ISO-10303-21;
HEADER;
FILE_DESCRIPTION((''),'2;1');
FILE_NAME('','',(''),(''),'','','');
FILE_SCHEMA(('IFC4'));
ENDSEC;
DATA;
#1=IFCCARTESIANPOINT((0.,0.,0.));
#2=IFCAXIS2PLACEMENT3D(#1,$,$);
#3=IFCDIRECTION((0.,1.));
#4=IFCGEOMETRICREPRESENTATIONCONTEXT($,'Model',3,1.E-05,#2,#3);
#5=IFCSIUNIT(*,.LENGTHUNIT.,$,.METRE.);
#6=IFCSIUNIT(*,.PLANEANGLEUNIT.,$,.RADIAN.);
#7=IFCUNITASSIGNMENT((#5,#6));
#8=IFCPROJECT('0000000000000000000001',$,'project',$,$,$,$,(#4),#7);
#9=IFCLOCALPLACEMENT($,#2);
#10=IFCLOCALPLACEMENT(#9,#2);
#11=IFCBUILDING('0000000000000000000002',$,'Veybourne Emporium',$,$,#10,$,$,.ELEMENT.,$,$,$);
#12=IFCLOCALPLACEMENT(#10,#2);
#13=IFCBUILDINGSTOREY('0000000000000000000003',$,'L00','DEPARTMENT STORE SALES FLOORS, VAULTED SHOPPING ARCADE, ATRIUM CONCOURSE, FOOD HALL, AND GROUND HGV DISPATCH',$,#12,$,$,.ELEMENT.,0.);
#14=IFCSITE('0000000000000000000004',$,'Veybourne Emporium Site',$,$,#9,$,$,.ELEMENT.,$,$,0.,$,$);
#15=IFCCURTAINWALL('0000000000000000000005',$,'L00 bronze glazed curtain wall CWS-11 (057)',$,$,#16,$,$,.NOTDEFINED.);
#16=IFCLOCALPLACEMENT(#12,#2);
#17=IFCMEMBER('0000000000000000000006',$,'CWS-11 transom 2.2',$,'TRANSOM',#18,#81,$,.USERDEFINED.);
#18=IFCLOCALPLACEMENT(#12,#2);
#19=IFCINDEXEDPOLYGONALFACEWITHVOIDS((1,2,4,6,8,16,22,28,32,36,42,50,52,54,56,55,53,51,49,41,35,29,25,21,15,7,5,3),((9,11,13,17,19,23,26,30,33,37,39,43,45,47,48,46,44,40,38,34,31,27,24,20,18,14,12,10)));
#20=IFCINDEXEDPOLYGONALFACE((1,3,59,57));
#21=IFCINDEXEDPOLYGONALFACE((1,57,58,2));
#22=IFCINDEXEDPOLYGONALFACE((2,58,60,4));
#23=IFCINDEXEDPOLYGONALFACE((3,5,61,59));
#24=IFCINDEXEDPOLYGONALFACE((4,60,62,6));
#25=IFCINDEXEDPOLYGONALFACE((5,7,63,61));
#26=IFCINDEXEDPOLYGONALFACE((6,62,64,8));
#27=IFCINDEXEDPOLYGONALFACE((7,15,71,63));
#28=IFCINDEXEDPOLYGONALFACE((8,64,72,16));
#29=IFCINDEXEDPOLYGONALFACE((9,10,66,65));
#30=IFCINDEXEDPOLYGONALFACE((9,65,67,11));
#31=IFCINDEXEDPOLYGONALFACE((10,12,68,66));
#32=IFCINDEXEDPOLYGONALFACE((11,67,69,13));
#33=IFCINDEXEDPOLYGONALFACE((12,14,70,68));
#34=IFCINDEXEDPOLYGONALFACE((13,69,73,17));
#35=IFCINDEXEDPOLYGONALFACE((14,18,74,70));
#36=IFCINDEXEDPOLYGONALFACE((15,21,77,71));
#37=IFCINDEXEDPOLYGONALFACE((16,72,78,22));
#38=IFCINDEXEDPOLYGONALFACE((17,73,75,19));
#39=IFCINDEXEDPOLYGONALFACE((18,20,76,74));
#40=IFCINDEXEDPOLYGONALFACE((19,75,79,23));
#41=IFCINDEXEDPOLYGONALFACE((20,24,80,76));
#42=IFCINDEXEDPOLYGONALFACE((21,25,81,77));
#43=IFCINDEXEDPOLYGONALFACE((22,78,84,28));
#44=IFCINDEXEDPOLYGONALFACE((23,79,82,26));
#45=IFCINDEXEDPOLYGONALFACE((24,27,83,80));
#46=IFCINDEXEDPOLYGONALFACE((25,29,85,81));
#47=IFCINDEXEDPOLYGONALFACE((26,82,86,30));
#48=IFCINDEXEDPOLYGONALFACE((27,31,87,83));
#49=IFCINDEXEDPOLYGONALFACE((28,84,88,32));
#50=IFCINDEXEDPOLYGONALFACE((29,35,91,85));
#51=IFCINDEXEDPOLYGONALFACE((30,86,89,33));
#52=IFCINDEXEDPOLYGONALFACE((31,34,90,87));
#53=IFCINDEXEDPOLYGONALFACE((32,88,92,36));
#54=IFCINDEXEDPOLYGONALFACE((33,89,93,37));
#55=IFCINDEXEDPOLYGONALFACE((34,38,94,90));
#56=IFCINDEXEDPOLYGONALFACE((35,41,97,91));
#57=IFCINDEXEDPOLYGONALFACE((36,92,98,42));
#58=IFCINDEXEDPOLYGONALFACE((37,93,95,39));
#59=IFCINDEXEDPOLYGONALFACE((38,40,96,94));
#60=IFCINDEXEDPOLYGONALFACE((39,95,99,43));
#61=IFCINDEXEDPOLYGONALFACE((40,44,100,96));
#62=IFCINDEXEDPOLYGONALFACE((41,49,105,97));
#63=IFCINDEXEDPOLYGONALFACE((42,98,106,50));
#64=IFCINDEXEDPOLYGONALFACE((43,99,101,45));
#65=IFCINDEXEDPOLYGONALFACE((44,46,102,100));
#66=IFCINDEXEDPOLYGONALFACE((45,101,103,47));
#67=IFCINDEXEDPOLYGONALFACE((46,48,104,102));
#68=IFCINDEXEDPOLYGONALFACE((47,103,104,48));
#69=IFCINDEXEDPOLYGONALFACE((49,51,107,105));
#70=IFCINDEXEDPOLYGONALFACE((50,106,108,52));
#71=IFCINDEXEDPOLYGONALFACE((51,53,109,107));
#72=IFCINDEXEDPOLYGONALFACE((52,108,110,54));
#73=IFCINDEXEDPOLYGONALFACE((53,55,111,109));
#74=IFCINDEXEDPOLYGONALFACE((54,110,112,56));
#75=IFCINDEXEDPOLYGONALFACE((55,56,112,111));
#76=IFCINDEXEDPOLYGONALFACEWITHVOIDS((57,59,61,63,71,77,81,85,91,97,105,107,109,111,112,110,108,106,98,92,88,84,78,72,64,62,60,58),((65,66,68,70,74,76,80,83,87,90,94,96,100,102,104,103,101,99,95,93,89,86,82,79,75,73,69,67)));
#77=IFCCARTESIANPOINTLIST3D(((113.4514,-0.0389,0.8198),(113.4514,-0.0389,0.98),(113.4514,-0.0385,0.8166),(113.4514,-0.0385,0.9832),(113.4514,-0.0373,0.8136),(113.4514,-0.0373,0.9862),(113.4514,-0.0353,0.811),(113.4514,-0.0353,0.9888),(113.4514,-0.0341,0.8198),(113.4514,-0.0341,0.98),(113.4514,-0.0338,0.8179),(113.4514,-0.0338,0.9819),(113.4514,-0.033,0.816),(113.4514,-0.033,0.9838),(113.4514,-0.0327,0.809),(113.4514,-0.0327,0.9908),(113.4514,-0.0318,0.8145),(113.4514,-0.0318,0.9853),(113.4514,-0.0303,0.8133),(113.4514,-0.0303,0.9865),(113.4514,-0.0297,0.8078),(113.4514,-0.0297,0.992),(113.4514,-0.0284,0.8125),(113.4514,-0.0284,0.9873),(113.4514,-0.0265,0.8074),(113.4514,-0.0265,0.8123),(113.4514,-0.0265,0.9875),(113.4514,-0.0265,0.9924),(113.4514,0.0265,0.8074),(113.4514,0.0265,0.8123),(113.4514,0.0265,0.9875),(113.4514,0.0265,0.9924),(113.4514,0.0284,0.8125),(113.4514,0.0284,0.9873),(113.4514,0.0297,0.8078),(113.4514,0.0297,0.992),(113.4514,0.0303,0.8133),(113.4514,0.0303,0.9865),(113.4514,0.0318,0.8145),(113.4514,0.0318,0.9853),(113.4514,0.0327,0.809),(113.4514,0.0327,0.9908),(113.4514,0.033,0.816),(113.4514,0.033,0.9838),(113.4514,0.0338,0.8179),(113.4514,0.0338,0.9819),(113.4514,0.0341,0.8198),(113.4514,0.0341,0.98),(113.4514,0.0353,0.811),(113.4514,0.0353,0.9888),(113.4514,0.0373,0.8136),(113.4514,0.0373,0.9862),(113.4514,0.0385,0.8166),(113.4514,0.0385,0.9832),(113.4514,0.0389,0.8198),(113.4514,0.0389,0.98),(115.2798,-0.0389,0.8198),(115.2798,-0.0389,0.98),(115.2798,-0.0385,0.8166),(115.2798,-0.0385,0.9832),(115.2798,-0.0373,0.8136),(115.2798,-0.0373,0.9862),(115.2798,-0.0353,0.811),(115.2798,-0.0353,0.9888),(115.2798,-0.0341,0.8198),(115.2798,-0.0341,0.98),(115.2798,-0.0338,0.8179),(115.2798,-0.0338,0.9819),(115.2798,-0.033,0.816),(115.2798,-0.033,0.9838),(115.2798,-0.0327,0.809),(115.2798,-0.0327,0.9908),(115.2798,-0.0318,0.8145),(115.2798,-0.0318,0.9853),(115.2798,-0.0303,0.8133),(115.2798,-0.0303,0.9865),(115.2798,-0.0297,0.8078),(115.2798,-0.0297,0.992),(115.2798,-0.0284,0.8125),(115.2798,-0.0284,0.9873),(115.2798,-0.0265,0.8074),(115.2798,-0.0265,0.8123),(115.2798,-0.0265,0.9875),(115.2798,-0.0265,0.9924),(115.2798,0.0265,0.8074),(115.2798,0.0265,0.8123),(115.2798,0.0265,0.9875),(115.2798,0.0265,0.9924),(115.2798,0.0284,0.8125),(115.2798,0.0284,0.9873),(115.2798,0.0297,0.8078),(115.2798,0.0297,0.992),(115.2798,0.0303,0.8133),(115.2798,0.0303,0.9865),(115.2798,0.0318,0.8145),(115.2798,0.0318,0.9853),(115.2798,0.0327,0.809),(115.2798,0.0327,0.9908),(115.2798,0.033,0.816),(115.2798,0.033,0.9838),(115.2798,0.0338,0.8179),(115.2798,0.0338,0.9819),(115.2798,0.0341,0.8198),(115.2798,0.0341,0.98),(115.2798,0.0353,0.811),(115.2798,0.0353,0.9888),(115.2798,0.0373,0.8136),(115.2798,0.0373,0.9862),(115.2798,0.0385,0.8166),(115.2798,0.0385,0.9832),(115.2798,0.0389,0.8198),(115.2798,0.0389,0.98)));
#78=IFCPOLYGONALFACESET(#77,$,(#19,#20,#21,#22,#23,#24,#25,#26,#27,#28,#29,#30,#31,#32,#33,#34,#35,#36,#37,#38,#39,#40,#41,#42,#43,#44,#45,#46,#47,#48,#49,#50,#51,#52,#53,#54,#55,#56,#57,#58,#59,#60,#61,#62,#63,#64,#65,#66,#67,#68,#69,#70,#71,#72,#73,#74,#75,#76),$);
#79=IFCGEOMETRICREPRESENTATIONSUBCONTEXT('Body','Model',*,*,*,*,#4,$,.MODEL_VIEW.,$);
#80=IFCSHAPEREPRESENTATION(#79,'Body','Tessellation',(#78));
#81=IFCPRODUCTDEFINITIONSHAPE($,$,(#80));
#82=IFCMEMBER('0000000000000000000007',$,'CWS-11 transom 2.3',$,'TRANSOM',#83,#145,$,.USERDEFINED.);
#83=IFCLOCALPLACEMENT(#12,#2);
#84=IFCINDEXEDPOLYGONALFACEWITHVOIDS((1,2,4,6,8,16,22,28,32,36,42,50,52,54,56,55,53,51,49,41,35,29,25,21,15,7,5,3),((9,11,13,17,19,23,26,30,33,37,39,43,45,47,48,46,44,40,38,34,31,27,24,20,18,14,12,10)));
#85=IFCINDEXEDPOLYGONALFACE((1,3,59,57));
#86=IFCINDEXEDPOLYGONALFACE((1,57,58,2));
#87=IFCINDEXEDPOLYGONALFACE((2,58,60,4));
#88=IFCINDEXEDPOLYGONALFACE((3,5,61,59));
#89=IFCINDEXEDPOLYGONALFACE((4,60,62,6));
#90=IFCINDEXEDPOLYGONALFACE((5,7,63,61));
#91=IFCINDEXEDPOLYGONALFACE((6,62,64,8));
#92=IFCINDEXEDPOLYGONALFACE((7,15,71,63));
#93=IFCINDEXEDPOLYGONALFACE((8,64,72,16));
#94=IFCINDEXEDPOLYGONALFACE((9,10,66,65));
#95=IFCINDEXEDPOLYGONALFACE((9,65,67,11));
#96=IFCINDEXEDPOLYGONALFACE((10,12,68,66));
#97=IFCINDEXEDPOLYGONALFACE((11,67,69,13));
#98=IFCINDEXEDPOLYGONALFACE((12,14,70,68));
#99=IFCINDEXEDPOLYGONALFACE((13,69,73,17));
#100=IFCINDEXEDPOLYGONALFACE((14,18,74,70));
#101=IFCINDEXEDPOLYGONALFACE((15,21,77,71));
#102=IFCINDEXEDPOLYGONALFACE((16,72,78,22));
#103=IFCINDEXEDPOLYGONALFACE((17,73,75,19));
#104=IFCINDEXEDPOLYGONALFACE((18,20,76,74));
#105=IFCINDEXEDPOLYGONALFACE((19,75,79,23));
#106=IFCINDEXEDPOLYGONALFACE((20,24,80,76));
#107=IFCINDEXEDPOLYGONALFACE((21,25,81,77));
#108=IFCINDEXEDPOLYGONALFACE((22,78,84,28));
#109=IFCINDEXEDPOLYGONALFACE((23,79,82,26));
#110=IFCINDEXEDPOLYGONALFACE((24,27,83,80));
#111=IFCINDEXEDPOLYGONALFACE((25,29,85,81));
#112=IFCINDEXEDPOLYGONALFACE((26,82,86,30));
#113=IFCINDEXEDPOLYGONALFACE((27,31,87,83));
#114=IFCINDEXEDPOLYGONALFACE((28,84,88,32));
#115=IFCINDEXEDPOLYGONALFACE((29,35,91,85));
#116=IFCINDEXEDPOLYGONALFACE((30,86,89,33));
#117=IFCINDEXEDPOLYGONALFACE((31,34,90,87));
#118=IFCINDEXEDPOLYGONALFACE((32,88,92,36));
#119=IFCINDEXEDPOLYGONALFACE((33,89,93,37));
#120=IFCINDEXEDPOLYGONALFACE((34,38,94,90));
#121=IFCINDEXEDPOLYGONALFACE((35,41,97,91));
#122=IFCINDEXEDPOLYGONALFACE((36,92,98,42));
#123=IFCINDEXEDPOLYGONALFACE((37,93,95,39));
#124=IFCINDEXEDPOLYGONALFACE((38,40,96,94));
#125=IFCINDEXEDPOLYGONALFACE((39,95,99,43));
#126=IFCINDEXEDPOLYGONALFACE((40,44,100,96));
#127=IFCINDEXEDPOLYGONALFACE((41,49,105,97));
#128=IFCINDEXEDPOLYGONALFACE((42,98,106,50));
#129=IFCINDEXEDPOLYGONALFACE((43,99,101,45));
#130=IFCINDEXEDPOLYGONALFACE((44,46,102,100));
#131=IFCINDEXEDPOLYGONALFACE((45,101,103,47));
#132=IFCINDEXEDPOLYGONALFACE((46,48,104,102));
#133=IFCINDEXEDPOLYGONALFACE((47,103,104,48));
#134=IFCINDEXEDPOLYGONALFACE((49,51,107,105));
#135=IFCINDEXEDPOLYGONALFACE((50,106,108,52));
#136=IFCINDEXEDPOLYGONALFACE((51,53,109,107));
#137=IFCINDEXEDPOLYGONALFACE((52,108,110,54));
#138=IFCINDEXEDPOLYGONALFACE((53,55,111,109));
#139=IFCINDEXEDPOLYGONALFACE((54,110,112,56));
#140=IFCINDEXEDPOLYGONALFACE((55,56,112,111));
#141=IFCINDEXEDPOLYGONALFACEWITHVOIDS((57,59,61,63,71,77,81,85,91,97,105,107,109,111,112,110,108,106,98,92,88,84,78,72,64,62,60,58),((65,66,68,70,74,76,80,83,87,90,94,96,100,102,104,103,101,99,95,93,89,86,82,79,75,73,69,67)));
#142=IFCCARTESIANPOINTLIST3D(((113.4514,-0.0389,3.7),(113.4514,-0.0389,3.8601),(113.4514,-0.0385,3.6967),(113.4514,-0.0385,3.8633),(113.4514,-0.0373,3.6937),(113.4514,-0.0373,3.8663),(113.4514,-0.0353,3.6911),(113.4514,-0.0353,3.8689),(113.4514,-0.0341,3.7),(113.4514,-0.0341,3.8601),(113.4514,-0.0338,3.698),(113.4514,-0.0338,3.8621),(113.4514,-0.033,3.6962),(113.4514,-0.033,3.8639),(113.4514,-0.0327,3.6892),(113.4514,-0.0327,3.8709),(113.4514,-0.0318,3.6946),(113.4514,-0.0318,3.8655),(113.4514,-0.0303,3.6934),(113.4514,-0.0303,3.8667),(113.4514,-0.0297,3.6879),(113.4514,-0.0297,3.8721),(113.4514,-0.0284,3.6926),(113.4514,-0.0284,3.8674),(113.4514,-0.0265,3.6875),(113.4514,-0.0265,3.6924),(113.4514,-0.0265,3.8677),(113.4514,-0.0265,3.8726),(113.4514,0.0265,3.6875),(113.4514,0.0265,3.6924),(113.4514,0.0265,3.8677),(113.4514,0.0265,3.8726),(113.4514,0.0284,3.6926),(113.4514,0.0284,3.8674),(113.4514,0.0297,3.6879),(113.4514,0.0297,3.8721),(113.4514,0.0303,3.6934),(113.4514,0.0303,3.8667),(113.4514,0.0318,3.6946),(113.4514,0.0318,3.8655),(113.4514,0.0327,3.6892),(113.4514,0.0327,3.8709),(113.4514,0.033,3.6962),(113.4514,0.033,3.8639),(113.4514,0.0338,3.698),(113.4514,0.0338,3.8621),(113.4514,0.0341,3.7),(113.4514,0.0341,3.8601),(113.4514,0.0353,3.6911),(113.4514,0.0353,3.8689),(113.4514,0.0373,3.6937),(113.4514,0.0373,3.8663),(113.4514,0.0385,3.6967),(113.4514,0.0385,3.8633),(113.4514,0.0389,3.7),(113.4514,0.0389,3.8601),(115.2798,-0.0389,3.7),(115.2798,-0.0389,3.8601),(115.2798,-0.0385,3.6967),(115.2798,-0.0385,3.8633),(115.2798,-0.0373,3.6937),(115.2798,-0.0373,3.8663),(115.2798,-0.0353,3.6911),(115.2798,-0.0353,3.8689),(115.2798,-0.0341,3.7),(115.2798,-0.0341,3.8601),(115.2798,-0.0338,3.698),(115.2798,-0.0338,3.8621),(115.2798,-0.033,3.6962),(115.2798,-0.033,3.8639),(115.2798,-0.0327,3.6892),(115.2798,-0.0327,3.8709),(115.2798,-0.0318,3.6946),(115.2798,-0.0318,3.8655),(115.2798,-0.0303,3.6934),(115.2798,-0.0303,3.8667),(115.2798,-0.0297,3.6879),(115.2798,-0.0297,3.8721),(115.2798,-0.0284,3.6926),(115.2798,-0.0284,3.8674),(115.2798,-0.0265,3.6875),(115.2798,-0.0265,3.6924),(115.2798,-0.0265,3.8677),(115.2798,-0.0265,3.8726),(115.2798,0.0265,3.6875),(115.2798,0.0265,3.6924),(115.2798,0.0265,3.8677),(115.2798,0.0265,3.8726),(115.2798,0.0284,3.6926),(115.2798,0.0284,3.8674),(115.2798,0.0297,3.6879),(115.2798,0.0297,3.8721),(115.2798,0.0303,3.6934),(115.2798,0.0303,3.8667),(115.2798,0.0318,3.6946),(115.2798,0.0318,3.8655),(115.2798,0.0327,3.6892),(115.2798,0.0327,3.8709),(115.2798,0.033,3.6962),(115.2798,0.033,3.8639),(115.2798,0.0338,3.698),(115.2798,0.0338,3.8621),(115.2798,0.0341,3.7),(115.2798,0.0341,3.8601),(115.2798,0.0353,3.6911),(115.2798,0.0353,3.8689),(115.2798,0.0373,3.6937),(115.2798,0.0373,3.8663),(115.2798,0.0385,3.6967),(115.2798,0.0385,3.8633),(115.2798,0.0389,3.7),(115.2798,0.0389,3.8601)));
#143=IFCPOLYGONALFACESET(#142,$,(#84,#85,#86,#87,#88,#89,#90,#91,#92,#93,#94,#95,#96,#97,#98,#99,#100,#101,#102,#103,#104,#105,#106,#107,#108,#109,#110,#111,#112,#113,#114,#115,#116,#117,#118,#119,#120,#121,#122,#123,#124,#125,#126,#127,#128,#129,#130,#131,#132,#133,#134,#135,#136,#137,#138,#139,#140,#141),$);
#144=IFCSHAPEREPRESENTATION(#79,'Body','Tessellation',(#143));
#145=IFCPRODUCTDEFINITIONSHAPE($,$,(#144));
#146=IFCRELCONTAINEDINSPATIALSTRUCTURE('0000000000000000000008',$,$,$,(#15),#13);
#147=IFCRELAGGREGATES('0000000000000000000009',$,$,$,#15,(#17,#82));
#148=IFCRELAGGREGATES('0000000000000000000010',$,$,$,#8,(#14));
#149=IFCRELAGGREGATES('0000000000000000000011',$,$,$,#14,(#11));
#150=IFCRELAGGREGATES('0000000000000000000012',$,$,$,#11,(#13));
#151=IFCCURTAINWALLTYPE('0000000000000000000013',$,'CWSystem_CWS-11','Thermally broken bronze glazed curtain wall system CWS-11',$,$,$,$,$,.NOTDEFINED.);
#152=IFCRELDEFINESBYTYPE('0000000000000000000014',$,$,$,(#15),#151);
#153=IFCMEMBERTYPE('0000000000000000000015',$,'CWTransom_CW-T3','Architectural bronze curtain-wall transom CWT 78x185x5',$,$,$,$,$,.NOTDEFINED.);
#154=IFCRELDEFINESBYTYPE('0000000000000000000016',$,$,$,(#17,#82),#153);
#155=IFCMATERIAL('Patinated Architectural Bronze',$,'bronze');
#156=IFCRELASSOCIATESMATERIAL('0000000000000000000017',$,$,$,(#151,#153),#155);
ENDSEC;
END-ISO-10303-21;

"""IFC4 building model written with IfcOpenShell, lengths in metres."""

from ifc_helpers import new_model, si_unit, direction, frame, origin, origin_2d, place, context, subcontext, project, spatial, hollow_rectangle, extrude, material, material_profile, profile_set, type_object, element, aggregate, save


model = new_model("IFC4")

# Units and contexts
model_context = context("Model", 3, precision=1e-05, world=origin(), true_north=direction((0.0, 1.0)))
body_context = subcontext(model_context, "Body", "Model", "MODEL_VIEW")
ifc_project = project(units=[si_unit("LENGTHUNIT", "METRE"), si_unit("PLANEANGLEUNIT", "RADIAN")], contexts=[model_context])

# Site, building, storey
site_placement = place(None, origin())
site = spatial("IfcSite", under=ifc_project, at=site_placement, Name="Veybourne Emporium Site", CompositionType="ELEMENT", RefElevation=0.0)
building_placement = place(site_placement, origin())
building = spatial("IfcBuilding", under=site, at=building_placement, Name="Veybourne Emporium", CompositionType="ELEMENT")
storey_placement = place(building_placement, origin())
storey = spatial("IfcBuildingStorey", under=building, at=storey_placement, Name="L00", Description="DEPARTMENT STORE SALES FLOORS, VAULTED SHOPPING ARCADE, ATRIUM CONCOURSE, FOOD HALL, AND GROUND HGV DISPATCH", CompositionType="ELEMENT", Elevation=0.0)

# Curtain wall, members
ifc_material_1 = material(Name="Patinated Architectural Bronze", Category="bronze")
curtain_wall_type = type_object("IfcCurtainWallType", Name="CWSystem_CWS-11", Description="Thermally broken bronze glazed curtain wall system CWS-11", PredefinedType="NOTDEFINED", material=ifc_material_1)
curtain_wall_placement = place(storey_placement, origin())
curtain_wall = element("IfcCurtainWall", 1, at=curtain_wall_placement, inside=storey, type_object=curtain_wall_type, Name="L00 bronze glazed curtain wall CWS-11 (057)", PredefinedType="NOTDEFINED")
ifc_material_profile_1 = material_profile(ifc_material_1, hollow_rectangle(XDim=0.0779, YDim=0.1851, WallThickness=0.0049, InnerFilletRadius=0.0076, OuterFilletRadius=0.0125, at=origin_2d()), Name="CWT 78x185x5")
ifc_profile_set_1 = profile_set([ifc_material_profile_1], Name="Patinated Architectural Bronze")
member_type_1 = type_object("IfcMemberType", Name="CWTransom_CW-T3", Description="Architectural bronze curtain-wall transom CWT 78x185x5", PredefinedType="NOTDEFINED", material=ifc_profile_set_1)
member_1_placement = place(storey_placement, frame((115.2798, 0.0, 0.8999), z_axis=(-1.0, 0.0, 0.0), x_axis=(0.0, -1.0, 0.0)))
member_1 = element("IfcMember", 2, at=member_1_placement, type_object=member_type_1, Name="CWS-11 transom 2.2", ObjectType="TRANSOM", PredefinedType="USERDEFINED", context=body_context, shape_type="SweptSolid", body=[
    extrude(hollow_rectangle(XDim=0.0779, YDim=0.1851, WallThickness=0.0049, InnerFilletRadius=0.0076, OuterFilletRadius=0.0125, at=origin_2d()), origin(), (0.0, 0.0, 1.0), 1.8284),
])
member_2_placement = place(storey_placement, frame((115.2798, 0.0, 3.78), z_axis=(-1.0, 0.0, 0.0), x_axis=(0.0, -1.0, 0.0)))
member_2 = element("IfcMember", 3, at=member_2_placement, type_object=member_type_1, Name="CWS-11 transom 2.3", ObjectType="TRANSOM", PredefinedType="USERDEFINED", context=body_context, shape_type="SweptSolid", body=[
    extrude(hollow_rectangle(XDim=0.0779, YDim=0.1851, WallThickness=0.0049, InnerFilletRadius=0.0076, OuterFilletRadius=0.0125, at=origin_2d()), origin(), (0.0, 0.0, 1.0), 1.8284),
])

aggregate(curtain_wall, [member_1, member_2])

save(model, "model.ifc")
